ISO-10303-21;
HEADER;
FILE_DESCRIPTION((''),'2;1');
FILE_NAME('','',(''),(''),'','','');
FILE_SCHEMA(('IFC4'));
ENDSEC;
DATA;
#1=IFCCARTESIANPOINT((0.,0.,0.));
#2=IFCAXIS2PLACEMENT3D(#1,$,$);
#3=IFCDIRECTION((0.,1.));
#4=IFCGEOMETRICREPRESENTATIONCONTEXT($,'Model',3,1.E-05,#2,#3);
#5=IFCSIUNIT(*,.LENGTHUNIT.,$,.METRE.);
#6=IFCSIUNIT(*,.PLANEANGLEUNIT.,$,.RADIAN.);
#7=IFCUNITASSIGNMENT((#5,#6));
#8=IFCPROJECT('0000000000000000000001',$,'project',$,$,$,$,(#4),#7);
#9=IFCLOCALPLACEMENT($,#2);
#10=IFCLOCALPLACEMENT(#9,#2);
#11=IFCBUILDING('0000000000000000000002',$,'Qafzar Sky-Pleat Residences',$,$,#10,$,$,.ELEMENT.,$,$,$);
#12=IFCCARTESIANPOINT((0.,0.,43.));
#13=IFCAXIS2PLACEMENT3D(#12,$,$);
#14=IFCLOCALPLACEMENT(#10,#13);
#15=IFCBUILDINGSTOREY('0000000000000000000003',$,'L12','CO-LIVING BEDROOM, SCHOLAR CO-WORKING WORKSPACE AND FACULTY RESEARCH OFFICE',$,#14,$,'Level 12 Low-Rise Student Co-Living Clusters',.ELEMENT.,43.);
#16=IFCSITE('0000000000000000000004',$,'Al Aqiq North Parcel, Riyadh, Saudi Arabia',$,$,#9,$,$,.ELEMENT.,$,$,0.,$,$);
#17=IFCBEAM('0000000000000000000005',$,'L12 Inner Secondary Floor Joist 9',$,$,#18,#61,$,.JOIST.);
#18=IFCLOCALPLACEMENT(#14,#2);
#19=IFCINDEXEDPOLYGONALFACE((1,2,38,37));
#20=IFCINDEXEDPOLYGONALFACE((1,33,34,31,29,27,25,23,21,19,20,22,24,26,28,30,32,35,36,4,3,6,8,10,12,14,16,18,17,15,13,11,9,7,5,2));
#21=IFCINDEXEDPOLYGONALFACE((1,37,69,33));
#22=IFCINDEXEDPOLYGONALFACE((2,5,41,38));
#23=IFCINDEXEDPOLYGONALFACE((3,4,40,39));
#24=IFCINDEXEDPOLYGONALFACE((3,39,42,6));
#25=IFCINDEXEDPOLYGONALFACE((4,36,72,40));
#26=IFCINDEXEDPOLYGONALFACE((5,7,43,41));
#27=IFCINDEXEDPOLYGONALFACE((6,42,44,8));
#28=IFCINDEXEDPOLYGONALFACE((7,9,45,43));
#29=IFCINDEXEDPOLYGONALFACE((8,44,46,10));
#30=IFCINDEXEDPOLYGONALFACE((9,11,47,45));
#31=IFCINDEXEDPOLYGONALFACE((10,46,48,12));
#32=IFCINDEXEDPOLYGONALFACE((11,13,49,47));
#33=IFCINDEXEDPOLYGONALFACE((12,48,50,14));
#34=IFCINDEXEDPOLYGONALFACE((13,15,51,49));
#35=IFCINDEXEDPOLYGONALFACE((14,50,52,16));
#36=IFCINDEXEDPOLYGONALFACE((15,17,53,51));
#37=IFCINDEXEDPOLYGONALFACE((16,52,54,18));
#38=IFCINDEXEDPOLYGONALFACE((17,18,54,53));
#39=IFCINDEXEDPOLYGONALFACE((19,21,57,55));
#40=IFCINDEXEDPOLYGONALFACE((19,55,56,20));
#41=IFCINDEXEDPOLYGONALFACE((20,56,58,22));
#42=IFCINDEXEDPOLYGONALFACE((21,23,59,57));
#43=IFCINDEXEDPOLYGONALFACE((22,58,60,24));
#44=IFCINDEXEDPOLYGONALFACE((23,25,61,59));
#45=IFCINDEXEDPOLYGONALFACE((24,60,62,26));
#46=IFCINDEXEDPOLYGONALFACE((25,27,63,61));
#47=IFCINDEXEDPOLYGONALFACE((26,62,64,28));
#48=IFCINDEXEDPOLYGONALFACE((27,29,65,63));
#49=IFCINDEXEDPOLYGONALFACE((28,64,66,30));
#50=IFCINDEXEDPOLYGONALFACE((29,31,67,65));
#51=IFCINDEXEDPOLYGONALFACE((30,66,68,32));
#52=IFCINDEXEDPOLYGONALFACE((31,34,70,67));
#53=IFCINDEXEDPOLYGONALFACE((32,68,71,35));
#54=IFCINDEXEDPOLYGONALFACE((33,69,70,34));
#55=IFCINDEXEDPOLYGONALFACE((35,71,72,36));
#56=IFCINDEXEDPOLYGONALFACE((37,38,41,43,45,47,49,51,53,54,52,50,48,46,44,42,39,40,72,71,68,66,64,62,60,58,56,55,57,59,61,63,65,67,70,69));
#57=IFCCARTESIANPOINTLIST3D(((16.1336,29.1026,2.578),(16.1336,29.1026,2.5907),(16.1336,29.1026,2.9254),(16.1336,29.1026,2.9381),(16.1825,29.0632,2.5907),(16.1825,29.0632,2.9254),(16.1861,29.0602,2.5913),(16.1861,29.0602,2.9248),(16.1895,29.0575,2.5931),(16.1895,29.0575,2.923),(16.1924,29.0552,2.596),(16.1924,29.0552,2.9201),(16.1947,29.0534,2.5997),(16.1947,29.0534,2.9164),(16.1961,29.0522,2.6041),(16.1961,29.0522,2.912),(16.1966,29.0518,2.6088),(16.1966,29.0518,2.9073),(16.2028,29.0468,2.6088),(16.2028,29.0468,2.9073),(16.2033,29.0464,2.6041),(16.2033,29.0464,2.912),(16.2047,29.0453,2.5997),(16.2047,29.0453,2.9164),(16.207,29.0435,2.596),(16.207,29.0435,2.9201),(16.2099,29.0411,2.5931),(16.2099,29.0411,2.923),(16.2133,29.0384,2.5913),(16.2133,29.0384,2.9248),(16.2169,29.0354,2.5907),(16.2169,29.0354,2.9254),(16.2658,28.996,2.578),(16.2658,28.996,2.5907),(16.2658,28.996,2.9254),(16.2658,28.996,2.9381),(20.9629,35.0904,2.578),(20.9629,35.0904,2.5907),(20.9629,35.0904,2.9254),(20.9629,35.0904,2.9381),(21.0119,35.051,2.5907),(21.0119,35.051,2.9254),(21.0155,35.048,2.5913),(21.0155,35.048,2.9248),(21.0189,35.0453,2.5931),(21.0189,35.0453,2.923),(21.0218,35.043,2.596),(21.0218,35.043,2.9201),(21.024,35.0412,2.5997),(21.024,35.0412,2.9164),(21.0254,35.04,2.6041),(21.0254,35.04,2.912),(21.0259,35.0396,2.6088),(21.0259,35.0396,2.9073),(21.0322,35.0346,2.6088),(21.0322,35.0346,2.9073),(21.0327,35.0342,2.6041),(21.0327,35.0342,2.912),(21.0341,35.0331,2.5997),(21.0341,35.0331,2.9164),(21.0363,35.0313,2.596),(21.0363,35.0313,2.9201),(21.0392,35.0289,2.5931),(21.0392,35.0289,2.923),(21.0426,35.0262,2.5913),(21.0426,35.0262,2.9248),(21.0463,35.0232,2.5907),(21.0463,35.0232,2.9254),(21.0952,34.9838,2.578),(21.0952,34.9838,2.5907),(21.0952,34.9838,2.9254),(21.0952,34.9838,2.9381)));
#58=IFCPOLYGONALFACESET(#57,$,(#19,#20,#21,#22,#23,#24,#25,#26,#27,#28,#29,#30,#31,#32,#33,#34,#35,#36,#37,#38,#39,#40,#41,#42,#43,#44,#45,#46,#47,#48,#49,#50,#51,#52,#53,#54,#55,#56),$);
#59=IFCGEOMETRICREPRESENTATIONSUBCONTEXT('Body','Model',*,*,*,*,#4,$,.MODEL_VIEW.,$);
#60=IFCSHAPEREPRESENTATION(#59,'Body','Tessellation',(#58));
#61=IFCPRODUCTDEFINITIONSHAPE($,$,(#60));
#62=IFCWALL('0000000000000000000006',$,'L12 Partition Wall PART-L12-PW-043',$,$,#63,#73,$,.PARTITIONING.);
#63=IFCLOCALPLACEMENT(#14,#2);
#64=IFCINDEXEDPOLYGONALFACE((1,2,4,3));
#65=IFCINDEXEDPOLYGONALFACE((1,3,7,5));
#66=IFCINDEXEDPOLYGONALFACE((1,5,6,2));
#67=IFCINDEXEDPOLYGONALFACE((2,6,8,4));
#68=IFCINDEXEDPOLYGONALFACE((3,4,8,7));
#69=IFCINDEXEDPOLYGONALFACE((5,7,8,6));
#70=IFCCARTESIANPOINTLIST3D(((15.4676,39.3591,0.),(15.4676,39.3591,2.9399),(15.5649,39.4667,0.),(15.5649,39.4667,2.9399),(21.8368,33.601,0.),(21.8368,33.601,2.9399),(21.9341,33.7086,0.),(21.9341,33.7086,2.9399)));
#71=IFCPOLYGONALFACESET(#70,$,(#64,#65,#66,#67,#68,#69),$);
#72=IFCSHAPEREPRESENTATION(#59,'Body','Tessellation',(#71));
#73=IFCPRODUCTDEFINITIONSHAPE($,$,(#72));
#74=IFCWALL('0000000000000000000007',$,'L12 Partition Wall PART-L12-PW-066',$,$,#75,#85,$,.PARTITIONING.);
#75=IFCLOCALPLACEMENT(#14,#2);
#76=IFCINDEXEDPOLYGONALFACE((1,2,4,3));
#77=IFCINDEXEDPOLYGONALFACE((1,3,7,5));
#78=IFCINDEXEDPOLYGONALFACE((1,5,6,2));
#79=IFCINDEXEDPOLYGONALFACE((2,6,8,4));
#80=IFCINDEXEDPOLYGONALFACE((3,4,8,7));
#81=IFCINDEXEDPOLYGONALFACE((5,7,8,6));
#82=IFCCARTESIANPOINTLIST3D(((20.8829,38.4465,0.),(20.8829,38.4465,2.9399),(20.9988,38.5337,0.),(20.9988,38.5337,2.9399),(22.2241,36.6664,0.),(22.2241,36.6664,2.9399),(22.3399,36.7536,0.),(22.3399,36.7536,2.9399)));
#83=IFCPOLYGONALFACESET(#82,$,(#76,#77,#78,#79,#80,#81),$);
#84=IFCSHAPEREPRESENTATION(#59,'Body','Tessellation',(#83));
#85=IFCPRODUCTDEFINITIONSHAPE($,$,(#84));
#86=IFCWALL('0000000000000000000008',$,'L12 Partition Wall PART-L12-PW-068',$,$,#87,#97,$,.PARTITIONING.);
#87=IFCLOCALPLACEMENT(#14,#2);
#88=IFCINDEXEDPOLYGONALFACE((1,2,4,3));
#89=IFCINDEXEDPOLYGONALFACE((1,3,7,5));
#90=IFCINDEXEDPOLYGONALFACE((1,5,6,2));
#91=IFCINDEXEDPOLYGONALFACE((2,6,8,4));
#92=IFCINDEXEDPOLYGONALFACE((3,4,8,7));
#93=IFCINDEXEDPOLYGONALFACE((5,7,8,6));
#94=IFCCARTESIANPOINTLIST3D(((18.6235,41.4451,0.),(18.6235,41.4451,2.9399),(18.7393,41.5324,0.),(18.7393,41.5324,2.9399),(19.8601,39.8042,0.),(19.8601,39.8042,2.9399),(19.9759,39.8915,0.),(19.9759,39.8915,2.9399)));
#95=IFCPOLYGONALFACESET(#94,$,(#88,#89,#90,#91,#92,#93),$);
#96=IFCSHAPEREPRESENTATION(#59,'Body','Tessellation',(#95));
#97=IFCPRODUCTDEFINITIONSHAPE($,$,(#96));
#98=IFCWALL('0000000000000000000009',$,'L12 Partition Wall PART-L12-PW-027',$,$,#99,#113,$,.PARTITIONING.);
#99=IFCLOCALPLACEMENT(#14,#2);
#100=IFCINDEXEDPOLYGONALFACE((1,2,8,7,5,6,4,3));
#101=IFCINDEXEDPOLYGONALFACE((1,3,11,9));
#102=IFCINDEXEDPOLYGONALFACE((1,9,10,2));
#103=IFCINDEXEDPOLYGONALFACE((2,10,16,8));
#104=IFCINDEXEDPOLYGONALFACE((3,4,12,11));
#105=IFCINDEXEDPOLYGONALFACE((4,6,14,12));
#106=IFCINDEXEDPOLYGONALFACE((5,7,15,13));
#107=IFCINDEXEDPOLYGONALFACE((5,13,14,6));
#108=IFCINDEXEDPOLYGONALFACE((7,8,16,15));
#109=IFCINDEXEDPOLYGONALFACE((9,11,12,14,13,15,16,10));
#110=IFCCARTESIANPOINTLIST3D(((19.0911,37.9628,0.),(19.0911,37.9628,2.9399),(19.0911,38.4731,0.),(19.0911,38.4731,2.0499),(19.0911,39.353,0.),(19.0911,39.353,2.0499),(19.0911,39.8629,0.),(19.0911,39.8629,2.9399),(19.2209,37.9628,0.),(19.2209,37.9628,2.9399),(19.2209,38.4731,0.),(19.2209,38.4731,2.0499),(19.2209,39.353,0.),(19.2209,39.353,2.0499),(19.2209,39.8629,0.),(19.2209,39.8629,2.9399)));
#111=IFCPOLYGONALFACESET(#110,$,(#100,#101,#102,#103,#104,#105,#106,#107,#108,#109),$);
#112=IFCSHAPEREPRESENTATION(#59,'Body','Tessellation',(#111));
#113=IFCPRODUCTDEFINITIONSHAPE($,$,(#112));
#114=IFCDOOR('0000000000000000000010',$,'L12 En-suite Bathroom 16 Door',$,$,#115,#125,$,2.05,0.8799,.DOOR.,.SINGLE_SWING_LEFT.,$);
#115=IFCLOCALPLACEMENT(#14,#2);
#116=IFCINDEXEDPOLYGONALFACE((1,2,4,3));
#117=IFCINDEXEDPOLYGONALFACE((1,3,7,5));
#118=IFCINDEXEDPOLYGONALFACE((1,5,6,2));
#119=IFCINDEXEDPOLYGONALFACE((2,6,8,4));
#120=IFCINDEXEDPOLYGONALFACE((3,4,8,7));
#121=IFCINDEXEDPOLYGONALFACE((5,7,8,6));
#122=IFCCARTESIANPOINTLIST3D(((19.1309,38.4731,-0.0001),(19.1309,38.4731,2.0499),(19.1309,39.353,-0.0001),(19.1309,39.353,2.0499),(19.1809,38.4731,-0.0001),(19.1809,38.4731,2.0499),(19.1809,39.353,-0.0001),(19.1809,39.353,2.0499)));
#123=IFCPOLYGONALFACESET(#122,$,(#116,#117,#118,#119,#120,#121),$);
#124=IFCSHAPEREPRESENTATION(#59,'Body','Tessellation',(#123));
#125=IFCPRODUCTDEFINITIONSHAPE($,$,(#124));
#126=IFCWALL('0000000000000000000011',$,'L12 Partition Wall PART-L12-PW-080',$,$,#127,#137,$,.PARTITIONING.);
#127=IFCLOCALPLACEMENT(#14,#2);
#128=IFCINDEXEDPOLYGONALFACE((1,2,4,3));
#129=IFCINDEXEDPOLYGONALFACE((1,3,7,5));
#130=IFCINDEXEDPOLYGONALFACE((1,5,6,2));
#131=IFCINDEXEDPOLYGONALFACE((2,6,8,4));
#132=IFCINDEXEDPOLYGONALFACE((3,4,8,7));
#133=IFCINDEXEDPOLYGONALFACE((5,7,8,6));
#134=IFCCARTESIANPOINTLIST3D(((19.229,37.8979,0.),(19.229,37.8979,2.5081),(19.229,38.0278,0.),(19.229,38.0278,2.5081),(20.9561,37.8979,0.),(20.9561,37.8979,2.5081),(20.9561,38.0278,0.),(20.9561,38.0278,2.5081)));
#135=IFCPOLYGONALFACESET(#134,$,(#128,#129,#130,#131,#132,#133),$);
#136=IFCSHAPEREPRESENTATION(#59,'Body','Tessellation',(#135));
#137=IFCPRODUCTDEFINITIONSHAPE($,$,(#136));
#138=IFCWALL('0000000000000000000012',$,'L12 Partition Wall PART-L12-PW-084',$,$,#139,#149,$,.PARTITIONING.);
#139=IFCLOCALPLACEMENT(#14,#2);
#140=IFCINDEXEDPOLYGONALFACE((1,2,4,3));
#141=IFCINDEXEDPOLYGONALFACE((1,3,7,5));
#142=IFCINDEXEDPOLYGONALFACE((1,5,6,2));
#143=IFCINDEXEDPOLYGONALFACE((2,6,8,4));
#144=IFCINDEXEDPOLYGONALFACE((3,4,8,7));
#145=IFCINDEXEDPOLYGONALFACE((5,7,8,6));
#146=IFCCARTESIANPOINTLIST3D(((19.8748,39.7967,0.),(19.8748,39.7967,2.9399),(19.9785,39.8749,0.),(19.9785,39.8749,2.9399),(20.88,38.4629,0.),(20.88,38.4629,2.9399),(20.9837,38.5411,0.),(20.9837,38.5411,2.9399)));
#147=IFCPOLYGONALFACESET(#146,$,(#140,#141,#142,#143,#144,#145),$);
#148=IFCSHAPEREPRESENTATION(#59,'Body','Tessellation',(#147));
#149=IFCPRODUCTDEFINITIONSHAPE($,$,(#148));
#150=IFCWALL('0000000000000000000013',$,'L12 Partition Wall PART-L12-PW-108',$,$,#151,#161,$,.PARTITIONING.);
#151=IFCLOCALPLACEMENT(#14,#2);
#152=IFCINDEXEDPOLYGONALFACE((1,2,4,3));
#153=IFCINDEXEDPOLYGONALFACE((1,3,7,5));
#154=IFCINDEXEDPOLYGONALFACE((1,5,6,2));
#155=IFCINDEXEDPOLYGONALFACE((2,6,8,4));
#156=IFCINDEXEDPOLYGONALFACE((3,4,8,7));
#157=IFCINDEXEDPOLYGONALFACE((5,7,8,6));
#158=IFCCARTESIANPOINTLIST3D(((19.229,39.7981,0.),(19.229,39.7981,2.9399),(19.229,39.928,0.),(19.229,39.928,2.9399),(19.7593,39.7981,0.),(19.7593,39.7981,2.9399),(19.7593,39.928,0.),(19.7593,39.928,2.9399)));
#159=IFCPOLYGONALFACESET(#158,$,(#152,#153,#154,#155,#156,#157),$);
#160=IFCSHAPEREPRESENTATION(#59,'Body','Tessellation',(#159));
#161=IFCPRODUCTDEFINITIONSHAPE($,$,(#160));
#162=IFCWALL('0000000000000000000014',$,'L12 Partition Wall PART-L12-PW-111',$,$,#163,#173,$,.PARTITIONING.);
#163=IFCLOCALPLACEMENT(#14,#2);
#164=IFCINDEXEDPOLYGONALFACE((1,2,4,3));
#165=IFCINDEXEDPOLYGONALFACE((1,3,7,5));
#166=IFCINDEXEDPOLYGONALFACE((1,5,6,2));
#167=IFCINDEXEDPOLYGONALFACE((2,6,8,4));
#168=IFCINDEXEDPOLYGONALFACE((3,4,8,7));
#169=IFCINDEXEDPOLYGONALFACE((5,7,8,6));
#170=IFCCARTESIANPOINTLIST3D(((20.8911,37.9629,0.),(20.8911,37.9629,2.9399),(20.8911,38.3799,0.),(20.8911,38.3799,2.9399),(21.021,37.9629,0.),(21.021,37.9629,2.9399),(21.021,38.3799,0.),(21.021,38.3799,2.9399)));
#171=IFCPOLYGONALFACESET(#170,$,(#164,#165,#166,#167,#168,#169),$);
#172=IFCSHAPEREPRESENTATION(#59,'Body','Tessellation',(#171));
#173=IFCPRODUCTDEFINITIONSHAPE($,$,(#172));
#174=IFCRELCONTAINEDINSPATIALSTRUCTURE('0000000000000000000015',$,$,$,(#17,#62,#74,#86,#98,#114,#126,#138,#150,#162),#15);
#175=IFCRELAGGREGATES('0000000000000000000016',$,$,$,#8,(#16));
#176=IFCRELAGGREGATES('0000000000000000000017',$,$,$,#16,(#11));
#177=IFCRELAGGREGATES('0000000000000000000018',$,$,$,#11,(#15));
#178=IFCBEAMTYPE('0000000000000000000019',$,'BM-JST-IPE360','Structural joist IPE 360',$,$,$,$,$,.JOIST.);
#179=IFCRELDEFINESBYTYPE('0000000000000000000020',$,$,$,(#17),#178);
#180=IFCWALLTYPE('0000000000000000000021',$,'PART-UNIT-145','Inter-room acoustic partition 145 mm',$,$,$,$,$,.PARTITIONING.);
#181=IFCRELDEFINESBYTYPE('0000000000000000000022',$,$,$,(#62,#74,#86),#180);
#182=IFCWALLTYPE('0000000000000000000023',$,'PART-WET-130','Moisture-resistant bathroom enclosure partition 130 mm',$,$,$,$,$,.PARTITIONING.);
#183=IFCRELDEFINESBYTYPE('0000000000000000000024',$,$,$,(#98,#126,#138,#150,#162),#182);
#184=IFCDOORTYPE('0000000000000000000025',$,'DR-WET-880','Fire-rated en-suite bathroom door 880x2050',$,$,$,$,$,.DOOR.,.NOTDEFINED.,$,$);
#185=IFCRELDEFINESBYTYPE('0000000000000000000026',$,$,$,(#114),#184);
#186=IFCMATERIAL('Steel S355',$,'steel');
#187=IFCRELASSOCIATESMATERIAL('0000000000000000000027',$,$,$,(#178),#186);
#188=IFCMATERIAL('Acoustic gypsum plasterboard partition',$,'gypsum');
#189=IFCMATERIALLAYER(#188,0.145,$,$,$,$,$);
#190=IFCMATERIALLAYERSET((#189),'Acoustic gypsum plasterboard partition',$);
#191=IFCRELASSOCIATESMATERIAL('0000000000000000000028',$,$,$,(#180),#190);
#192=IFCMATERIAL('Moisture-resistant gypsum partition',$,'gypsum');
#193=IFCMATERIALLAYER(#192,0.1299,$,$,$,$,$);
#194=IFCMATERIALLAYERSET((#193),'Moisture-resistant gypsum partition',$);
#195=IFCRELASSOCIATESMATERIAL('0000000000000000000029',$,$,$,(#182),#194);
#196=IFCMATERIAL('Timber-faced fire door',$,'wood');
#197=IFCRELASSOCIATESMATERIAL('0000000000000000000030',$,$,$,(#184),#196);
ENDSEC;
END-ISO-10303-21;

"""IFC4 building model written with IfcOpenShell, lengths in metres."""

from ifc_helpers import new_model, si_unit, direction, frame, frame_2d, origin, origin_2d, place, context, subcontext, project, spatial, rectangle, i_section, extrude, source, transform, mapped, material, layer, layer_set, material_profile, profile_set, type_object, element, fill, save


model = new_model("IFC4")

# Units and contexts
model_context = context("Model", 3, precision=1e-05, world=origin(), true_north=direction((0.0, 1.0)))
body_context = subcontext(model_context, "Body", "Model", "MODEL_VIEW")
ifc_project = project(units=[si_unit("LENGTHUNIT", "METRE"), si_unit("PLANEANGLEUNIT", "RADIAN")], contexts=[model_context])

# Site, building, storey
site_placement = place(None, origin())
site = spatial("IfcSite", under=ifc_project, at=site_placement, Name="Al Aqiq North Parcel, Riyadh, Saudi Arabia", CompositionType="ELEMENT", RefElevation=0.0)
building_placement = place(site_placement, origin())
building = spatial("IfcBuilding", under=site, at=building_placement, Name="Qafzar Sky-Pleat Residences", CompositionType="ELEMENT")
storey_placement = place(building_placement, frame((0.0, 0.0, 43.0)))
storey = spatial("IfcBuildingStorey", under=building, at=storey_placement, Name="L12", Description="CO-LIVING BEDROOM, SCHOLAR CO-WORKING WORKSPACE AND FACULTY RESEARCH OFFICE", LongName="Level 12 Low-Rise Student Co-Living Clusters", CompositionType="ELEMENT", Elevation=43.0)

# Beam
ifc_material_1 = material(Name="Steel S355", Category="steel")
ifc_material_profile_1 = material_profile(ifc_material_1, i_section(OverallWidth=0.1699, OverallDepth=0.3601, WebThickness=0.0081, FlangeThickness=0.0127, FilletRadius=0.0181, at=origin_2d()), Name="IPE 360")
ifc_profile_set_1 = profile_set([ifc_material_profile_1], Name="Steel S355")
beam_type_1 = type_object("IfcBeamType", Name="BM-JST-IPE360", Description="Structural joist IPE 360", PredefinedType="JOIST", material=ifc_profile_set_1)
shared_shape_1 = source(origin(), body_context, "Body", "SweptSolid", [
    extrude(i_section(OverallWidth=0.1699, OverallDepth=0.3601, WebThickness=0.0081, FlangeThickness=0.0127, FilletRadius=0.0181, at=origin_2d()), origin(), (0.0, 0.0, 1.0), 7.6926),
])
beam_1_placement = place(storey_placement, frame((21.0291, 35.0371, 2.7581), z_axis=(-0.62779, -0.778383, 0.0), x_axis=(0.778383, -0.62779, 0.0)))
element("IfcBeam", 1, at=beam_1_placement, inside=storey, type_object=beam_type_1, Name="L12 Inner Secondary Floor Joist 9", PredefinedType="JOIST", context=body_context, shape_type="MappedRepresentation", body=[
    mapped(shared_shape_1, transform((0.0, 0.0, 0.0), x_axis=(1.0, 0.0, 0.0), y_axis=(0.0, 1.0, 0.0), z_axis=(0.0, 0.0, 1.0), scale=1.0)),
])

# Walls
ifc_material_2 = material(Name="Acoustic gypsum plasterboard partition", Category="gypsum")
ifc_layer_1 = layer(ifc_material_2, 0.145)
ifc_layer_set_1 = layer_set([ifc_layer_1], Name="Acoustic gypsum plasterboard partition")
wall_type_1 = type_object("IfcWallType", Name="PART-UNIT-145", Description="Inter-room acoustic partition 145 mm", PredefinedType="PARTITIONING", material=ifc_layer_set_1)
wall_1_placement = place(storey_placement, frame((15.5164, 39.4128, 0.0), z_axis=(0.0, 0.0, 1.0), x_axis=(0.741796, -0.670625, 0.0)))
element("IfcWall", 2, at=wall_1_placement, inside=storey, type_object=wall_type_1, Name="L12 Partition Wall PART-L12-PW-043", PredefinedType="PARTITIONING", context=body_context, shape_type="SweptSolid", body=[
    extrude(rectangle(XDim=8.5862, YDim=0.145, at=frame_2d((4.293, 0.0))), origin(), (0.0, 0.0, 1.0), 2.9399),
])
wall_2_placement = place(storey_placement, frame((20.9409, 38.49, 0.0), z_axis=(0.0, 0.0, 1.0), x_axis=(0.601734, -0.798697, 0.0)))
element("IfcWall", 3, at=wall_2_placement, inside=storey, type_object=wall_type_1, Name="L12 Partition Wall PART-L12-PW-066", PredefinedType="PARTITIONING", context=body_context, shape_type="SweptSolid", body=[
    extrude(rectangle(XDim=2.2288, YDim=0.145, at=frame_2d((1.1143, 0.0))), origin(), (0.0, 0.0, 1.0), 2.9399),
])
wall_3_placement = place(storey_placement, frame((18.6814, 41.4888, 0.0), z_axis=(0.0, 0.0, 1.0), x_axis=(0.601843, -0.798615, 0.0)))
element("IfcWall", 4, at=wall_3_placement, inside=storey, type_object=wall_type_1, Name="L12 Partition Wall PART-L12-PW-068", PredefinedType="PARTITIONING", context=body_context, shape_type="SweptSolid", body=[
    extrude(rectangle(XDim=2.0547, YDim=0.145, at=frame_2d((1.0273, 0.0))), origin(), (0.0, 0.0, 1.0), 2.9399),
])

# Wall, opening, door
ifc_material_3 = material(Name="Moisture-resistant gypsum partition", Category="gypsum")
ifc_layer_2 = layer(ifc_material_3, 0.1299)
ifc_layer_set_2 = layer_set([ifc_layer_2], Name="Moisture-resistant gypsum partition")
wall_type_2 = type_object("IfcWallType", Name="PART-WET-130", Description="Moisture-resistant bathroom enclosure partition 130 mm", PredefinedType="PARTITIONING", material=ifc_layer_set_2)
wall_4_placement = place(storey_placement, frame((19.156, 39.863, 0.0), z_axis=(0.0, 0.0, 1.0), x_axis=(0.0, -1.0, 0.0)))
wall_4 = element("IfcWall", 5, at=wall_4_placement, inside=storey, type_object=wall_type_2, Name="L12 Partition Wall PART-L12-PW-027", PredefinedType="PARTITIONING", context=body_context, shape_type="SweptSolid", body=[
    extrude(rectangle(XDim=1.9001, YDim=0.1299, at=frame_2d((0.9502, 0.0))), origin(), (0.0, 0.0, 1.0), 2.9399),
])
opening_1_placement = place(wall_4_placement, frame((0.51, 0.0, 0.0)))
opening_1 = element("IfcOpeningElement", 6, at=opening_1_placement, cuts=wall_4, PredefinedType="OPENING", context=body_context, shape_type="SweptSolid", body=[
    extrude(rectangle(XDim=0.8799, YDim=2.05, at=frame_2d((0.4399, 1.0249))), frame((0.0, 0.075, 0.0), z_axis=(0.0, -1.0, 0.0), x_axis=(1.0, 0.0, 0.0)), (0.0, 0.0, 1.0), 0.1499),
])
ifc_material_4 = material(Name="Timber-faced fire door", Category="wood")
door_type = type_object("IfcDoorType", Name="DR-WET-880", Description="Fire-rated en-suite bathroom door 880x2050", OperationType="NOTDEFINED", PredefinedType="DOOR", material=ifc_material_4)
shared_shape_2 = source(origin(), body_context, "Body", "SweptSolid", [
    extrude(rectangle(XDim=0.8799, YDim=2.05, at=frame_2d((0.4399, 1.0249))), frame((0.0, 0.0249, 0.0), z_axis=(0.0, -1.0, 0.0), x_axis=(1.0, 0.0, 0.0)), (0.0, 0.0, 1.0), 0.05),
])
door_placement = place(opening_1_placement, origin())
door = element("IfcDoor", 7, at=door_placement, inside=storey, type_object=door_type, Name="L12 En-suite Bathroom 16 Door", OperationType="SINGLE_SWING_LEFT", OverallHeight=2.05, OverallWidth=0.8799, PredefinedType="DOOR", context=body_context, shape_type="MappedRepresentation", body=[
    mapped(shared_shape_2, transform((0.0, 0.0, 0.0), x_axis=(1.0, 0.0, 0.0), y_axis=(0.0, 1.0, 0.0), z_axis=(0.0, 0.0, 1.0), scale=1.0)),
])
fill(opening_1, door)

# Walls
wall_5_placement = place(storey_placement, frame((19.229, 37.9629, 0.0), z_axis=(0.0, 0.0, 1.0), x_axis=(1.0, 0.0, 0.0)))
element("IfcWall", 8, at=wall_5_placement, inside=storey, type_object=wall_type_2, Name="L12 Partition Wall PART-L12-PW-080", PredefinedType="PARTITIONING", context=body_context, shape_type="SweptSolid", body=[
    extrude(rectangle(XDim=1.7271, YDim=0.1299, at=frame_2d((0.8635, 0.0))), origin(), (0.0, 0.0, 1.0), 2.5081),
])
wall_6_placement = place(storey_placement, frame((19.9268, 39.8357, 0.0), z_axis=(0.0, 0.0, 1.0), x_axis=(0.601846, -0.798612, 0.0)))
element("IfcWall", 9, at=wall_6_placement, inside=storey, type_object=wall_type_2, Name="L12 Partition Wall PART-L12-PW-084", PredefinedType="PARTITIONING", context=body_context, shape_type="SweptSolid", body=[
    extrude(rectangle(XDim=1.6702, YDim=0.1299, at=frame_2d((0.835, 0.0))), origin(), (0.0, 0.0, 1.0), 2.9399),
])
wall_7_placement = place(storey_placement, frame((19.229, 39.863, 0.0), z_axis=(0.0, 0.0, 1.0), x_axis=(1.0, 0.0, 0.0)))
element("IfcWall", 10, at=wall_7_placement, inside=storey, type_object=wall_type_2, Name="L12 Partition Wall PART-L12-PW-108", PredefinedType="PARTITIONING", context=body_context, shape_type="SweptSolid", body=[
    extrude(rectangle(XDim=0.5303, YDim=0.1299, at=frame_2d((0.2651, 0.0))), origin(), (0.0, 0.0, 1.0), 2.9399),
])
wall_8_placement = place(storey_placement, frame((20.9561, 37.9629, 0.0), z_axis=(0.0, 0.0, 1.0), x_axis=(0.0, 1.0, 0.0)))
element("IfcWall", 11, at=wall_8_placement, inside=storey, type_object=wall_type_2, Name="L12 Partition Wall PART-L12-PW-111", PredefinedType="PARTITIONING", context=body_context, shape_type="SweptSolid", body=[
    extrude(rectangle(XDim=0.417, YDim=0.1299, at=frame_2d((0.2085, 0.0))), origin(), (0.0, 0.0, 1.0), 2.9399),
])

save(model, "model.ifc")
